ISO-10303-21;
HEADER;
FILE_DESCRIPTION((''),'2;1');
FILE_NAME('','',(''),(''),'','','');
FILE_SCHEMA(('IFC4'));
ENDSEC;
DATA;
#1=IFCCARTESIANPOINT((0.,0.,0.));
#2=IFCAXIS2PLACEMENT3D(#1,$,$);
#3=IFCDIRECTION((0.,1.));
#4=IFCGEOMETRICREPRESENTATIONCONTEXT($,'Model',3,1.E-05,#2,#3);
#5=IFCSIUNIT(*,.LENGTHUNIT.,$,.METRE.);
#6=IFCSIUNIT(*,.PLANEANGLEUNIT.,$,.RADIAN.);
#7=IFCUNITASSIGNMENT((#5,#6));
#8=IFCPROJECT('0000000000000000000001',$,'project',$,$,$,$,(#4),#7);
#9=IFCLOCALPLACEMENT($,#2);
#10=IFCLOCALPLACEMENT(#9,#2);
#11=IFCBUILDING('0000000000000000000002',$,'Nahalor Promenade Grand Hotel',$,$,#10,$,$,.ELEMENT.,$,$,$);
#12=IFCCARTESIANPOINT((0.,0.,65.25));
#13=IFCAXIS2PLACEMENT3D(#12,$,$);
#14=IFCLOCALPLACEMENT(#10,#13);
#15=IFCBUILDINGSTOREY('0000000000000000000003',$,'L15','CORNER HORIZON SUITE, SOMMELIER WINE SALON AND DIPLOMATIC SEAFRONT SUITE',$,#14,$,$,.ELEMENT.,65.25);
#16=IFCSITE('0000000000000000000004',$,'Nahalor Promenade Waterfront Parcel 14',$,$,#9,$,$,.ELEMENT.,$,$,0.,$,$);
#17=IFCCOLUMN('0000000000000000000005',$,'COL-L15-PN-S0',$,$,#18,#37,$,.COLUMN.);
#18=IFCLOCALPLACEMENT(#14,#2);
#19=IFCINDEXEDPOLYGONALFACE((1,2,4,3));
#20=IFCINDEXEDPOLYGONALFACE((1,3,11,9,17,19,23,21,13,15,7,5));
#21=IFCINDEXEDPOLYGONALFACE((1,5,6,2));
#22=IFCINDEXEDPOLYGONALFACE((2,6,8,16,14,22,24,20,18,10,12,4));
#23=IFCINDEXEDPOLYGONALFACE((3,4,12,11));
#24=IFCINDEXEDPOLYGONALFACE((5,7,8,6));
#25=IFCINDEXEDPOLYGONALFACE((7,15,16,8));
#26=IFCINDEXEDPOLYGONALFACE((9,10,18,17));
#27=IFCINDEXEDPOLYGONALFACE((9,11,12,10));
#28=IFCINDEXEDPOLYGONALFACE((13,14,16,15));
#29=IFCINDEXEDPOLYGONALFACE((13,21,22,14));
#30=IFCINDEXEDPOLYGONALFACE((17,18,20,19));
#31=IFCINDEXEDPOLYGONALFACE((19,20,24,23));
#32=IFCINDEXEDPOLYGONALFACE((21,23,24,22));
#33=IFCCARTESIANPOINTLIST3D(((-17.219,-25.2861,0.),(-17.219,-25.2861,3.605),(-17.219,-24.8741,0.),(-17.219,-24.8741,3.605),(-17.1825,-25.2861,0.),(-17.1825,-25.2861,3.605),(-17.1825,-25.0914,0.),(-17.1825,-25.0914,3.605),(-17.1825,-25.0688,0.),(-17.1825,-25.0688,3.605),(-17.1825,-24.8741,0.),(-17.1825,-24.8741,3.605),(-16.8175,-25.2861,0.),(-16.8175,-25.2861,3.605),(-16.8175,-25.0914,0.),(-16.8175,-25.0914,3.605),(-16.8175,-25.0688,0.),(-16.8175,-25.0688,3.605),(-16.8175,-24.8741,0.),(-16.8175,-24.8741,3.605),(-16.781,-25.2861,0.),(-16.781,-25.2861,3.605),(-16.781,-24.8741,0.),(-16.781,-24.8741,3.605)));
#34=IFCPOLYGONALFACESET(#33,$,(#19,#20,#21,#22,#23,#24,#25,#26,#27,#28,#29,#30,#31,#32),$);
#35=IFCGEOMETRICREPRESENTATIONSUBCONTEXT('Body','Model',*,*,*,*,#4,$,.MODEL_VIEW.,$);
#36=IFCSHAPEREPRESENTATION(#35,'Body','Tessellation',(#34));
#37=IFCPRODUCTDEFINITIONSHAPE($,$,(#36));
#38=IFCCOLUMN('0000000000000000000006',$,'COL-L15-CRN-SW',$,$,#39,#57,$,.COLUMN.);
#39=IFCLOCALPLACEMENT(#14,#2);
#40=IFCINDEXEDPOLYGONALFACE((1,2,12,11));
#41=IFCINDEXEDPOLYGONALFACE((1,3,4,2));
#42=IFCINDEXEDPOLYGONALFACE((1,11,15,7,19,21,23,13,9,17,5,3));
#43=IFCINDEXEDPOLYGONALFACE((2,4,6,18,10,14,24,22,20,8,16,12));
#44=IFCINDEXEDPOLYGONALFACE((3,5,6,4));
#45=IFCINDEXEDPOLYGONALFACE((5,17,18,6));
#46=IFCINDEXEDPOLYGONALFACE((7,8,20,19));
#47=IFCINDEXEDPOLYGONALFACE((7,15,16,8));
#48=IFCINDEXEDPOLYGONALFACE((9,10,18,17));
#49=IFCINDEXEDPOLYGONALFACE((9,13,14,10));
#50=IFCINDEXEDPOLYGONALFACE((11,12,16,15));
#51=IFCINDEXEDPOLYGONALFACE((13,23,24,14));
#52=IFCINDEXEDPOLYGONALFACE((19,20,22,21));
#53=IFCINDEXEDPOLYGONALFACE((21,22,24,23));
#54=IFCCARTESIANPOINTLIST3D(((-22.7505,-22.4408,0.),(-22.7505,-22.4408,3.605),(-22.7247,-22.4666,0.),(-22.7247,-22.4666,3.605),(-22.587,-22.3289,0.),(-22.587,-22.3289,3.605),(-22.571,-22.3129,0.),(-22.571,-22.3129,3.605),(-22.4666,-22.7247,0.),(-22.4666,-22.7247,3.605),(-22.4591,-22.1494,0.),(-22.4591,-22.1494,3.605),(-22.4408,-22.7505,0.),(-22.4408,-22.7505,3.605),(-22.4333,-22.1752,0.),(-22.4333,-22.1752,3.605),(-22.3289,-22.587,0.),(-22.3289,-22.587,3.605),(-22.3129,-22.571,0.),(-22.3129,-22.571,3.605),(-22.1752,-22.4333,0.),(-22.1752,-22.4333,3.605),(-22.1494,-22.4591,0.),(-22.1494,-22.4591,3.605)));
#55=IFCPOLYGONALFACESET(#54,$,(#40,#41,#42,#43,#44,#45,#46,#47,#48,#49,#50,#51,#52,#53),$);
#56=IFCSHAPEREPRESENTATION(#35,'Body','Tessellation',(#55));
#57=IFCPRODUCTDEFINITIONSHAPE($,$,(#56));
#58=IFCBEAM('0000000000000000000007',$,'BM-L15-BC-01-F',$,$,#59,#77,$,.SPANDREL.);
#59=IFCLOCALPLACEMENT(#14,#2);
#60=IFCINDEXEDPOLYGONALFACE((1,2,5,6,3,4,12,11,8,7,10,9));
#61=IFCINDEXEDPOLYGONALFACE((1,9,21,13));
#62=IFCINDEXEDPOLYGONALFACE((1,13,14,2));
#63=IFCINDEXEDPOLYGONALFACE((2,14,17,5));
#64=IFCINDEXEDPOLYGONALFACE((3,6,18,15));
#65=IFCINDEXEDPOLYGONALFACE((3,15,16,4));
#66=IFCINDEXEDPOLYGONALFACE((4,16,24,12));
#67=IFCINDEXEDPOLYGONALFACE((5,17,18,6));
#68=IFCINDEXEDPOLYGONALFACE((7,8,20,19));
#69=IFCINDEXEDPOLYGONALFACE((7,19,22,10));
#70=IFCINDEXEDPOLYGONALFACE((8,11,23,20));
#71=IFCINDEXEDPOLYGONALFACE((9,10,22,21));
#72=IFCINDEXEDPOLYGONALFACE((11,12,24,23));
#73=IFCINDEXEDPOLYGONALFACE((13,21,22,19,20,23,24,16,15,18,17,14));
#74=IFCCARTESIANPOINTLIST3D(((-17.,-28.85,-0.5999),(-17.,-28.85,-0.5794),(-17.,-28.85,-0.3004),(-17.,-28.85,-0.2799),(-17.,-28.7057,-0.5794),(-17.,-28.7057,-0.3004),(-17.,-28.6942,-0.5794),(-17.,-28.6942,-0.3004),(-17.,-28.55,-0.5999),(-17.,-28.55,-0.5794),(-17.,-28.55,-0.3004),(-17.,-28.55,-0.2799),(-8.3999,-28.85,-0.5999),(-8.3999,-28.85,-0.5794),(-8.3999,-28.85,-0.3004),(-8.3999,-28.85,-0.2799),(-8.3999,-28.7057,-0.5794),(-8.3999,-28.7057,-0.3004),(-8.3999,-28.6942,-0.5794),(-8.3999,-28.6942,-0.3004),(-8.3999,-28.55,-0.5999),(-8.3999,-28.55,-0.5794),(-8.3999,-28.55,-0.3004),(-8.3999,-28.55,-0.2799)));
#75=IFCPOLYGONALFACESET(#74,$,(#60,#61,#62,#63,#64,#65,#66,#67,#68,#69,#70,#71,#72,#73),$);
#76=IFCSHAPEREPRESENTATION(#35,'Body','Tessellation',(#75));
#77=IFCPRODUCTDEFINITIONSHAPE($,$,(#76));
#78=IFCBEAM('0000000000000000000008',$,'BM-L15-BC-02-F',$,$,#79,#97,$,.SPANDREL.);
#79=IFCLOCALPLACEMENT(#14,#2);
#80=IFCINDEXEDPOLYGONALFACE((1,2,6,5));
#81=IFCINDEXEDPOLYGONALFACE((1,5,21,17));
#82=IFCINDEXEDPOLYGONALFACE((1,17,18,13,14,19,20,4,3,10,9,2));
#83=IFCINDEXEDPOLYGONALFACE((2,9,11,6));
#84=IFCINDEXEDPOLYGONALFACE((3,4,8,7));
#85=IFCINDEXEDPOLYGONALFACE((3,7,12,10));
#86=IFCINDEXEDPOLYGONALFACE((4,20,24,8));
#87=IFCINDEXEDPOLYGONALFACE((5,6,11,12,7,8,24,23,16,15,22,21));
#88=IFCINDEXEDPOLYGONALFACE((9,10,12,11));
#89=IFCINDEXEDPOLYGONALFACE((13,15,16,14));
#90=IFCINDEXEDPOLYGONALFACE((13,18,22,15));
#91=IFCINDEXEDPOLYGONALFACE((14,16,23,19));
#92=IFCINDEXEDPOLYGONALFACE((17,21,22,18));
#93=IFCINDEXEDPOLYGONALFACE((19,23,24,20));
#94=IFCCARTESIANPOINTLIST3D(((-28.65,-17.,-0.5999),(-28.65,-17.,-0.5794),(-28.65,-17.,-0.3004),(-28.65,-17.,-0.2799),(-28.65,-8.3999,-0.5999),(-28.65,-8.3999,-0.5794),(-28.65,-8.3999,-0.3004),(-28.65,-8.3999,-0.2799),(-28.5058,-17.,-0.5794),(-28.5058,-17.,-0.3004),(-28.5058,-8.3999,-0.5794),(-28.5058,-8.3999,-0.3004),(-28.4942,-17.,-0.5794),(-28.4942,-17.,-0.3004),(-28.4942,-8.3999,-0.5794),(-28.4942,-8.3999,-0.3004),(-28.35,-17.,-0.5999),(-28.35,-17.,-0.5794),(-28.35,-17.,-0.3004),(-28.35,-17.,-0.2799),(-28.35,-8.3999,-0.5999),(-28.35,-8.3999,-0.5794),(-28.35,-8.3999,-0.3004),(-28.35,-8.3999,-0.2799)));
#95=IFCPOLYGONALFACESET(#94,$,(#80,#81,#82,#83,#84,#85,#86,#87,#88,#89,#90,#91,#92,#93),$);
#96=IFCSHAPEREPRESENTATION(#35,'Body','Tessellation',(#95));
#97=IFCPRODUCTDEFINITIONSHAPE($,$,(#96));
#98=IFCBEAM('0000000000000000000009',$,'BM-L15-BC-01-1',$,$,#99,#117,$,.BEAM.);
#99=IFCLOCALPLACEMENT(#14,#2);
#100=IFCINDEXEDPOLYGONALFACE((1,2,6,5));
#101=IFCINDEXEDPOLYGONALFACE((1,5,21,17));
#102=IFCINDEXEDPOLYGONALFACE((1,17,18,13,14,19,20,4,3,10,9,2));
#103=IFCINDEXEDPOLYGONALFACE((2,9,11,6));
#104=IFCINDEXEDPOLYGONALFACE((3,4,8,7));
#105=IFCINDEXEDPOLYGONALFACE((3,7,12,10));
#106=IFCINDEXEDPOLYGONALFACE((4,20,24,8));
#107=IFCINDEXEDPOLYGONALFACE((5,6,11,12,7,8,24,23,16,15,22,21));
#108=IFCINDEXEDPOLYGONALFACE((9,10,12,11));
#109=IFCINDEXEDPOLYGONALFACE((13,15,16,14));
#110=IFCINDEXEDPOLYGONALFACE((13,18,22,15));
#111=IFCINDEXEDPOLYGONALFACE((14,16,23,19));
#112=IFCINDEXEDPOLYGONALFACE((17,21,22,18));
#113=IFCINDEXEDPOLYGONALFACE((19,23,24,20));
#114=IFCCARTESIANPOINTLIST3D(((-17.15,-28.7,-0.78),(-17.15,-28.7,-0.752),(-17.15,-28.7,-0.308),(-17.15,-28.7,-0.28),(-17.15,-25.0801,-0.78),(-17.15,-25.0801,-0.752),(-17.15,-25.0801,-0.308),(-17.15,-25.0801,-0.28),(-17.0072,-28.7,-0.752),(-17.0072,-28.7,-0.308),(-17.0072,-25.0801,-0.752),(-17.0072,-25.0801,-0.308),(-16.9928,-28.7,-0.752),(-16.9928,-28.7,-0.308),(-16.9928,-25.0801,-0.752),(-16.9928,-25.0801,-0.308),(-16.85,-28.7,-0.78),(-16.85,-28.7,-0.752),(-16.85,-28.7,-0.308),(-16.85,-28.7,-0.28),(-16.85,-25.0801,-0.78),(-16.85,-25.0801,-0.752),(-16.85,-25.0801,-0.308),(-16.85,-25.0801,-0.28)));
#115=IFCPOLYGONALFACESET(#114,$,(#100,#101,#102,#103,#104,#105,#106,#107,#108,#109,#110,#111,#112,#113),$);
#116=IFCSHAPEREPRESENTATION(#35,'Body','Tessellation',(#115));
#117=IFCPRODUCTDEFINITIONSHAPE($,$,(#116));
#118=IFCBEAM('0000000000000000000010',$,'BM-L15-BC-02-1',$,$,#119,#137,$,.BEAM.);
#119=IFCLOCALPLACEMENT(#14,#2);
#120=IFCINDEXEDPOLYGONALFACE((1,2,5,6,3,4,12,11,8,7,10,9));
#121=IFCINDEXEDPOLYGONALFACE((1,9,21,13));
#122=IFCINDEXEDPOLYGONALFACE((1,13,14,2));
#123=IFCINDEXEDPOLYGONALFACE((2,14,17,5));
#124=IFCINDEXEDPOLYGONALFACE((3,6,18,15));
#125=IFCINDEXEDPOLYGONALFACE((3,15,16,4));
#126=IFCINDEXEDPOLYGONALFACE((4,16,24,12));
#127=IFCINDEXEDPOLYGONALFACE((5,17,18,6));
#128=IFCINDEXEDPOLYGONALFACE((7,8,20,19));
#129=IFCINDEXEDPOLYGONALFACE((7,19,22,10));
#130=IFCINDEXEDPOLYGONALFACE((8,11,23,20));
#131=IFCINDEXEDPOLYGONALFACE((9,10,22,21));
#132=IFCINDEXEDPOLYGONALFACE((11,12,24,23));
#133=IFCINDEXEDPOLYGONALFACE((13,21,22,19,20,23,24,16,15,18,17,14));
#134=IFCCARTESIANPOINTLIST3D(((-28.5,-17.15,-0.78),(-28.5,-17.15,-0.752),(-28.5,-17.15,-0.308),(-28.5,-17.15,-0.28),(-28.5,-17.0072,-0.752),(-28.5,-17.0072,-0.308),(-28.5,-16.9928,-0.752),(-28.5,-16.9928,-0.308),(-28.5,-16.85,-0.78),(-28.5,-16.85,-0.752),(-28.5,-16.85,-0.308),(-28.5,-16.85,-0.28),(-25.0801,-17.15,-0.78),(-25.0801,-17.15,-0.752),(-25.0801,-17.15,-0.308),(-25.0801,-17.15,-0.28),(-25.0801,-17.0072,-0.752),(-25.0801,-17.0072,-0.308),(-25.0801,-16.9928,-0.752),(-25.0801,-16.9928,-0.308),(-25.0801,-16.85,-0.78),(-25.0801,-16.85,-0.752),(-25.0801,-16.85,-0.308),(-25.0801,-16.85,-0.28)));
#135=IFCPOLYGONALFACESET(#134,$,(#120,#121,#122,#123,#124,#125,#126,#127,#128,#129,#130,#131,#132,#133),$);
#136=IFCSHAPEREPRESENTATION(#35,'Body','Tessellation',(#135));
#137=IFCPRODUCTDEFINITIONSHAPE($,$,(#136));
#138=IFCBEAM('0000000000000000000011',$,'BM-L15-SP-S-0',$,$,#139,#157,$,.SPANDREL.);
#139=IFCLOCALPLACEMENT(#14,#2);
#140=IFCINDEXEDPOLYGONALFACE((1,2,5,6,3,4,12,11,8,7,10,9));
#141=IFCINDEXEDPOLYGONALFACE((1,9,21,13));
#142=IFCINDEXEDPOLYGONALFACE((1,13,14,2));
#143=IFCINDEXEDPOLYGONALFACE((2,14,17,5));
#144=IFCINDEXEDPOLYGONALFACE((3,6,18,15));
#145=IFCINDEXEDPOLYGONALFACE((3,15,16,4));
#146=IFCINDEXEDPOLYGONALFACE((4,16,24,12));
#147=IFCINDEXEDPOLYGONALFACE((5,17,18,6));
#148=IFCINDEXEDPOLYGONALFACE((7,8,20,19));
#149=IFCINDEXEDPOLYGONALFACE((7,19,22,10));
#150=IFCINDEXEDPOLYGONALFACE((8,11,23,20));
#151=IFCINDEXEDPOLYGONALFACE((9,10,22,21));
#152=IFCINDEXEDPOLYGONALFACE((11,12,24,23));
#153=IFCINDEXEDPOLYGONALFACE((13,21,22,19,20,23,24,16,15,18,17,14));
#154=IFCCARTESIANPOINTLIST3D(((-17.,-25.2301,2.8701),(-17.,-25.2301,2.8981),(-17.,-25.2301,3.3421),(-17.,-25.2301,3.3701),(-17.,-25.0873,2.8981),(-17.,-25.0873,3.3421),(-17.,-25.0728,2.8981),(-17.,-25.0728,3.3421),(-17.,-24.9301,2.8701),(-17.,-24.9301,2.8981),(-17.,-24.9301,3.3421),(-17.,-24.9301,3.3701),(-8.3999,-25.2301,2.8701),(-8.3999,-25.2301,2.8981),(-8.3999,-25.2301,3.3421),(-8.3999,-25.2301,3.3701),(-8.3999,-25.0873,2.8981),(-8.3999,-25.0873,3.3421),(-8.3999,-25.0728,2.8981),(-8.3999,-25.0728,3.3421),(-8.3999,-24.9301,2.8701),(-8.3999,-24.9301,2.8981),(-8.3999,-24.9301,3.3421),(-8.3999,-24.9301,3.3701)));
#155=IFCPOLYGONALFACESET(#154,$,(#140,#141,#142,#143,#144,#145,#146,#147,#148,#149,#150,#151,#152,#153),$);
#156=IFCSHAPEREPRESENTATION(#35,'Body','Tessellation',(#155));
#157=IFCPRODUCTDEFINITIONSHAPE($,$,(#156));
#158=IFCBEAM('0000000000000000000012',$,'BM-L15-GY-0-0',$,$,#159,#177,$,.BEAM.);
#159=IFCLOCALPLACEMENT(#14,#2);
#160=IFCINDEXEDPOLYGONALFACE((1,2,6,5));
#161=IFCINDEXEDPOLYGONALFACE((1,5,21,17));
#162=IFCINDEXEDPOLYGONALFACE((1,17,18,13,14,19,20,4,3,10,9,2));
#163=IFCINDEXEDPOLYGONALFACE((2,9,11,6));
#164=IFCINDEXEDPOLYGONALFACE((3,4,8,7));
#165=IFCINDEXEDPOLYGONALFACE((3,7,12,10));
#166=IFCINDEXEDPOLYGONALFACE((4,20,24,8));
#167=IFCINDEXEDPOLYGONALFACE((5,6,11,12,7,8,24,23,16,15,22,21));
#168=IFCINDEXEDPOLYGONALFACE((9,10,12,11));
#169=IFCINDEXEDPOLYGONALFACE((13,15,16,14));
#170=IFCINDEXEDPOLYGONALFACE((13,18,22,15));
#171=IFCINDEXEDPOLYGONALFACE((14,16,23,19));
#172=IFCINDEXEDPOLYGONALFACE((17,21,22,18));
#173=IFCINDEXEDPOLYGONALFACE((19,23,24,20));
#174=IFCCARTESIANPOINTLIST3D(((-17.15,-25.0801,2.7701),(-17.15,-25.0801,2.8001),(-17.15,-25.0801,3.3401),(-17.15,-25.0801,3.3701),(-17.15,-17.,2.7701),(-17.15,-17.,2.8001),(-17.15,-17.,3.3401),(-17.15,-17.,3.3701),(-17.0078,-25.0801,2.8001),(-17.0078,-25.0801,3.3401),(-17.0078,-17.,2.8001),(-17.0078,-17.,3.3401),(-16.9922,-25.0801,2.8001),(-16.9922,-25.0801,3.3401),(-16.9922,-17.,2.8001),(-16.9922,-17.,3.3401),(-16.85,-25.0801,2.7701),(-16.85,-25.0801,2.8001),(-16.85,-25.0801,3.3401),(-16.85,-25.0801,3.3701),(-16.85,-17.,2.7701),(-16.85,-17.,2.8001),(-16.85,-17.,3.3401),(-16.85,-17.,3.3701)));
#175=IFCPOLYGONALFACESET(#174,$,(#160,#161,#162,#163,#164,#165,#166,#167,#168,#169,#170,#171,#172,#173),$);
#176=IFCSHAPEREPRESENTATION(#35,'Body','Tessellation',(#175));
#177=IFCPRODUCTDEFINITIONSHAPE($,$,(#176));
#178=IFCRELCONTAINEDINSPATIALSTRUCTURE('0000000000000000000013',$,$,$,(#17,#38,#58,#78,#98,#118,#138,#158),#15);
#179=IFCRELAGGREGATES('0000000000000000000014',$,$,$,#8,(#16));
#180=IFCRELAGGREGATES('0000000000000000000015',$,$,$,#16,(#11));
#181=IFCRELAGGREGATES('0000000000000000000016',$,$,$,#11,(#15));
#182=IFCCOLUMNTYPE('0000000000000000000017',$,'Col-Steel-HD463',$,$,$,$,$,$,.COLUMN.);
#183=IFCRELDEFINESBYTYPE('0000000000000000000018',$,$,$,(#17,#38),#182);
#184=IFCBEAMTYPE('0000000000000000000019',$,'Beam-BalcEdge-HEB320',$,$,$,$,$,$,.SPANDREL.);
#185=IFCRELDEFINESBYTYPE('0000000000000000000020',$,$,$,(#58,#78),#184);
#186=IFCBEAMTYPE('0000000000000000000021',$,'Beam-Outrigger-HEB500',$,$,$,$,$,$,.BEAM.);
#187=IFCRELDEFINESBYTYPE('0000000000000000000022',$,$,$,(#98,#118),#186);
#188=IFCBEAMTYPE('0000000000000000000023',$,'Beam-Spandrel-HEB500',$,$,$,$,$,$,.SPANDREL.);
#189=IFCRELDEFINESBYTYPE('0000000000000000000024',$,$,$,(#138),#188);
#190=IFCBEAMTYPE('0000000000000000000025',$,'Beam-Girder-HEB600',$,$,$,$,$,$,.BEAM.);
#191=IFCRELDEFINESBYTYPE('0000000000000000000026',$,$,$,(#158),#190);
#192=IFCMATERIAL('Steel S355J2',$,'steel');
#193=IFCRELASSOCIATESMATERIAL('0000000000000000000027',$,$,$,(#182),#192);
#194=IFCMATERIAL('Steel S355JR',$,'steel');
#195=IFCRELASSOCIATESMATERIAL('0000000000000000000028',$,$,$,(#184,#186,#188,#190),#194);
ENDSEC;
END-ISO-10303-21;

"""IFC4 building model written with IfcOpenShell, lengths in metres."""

from ifc_helpers import new_model, si_unit, direction, frame, origin, origin_2d, place, context, subcontext, project, spatial, i_section, extrude, source, transform, mapped, material, material_profile, profile_set, type_object, element, save


model = new_model("IFC4")

# Units and contexts
model_context = context("Model", 3, precision=1e-05, world=origin(), true_north=direction((0.0, 1.0)))
body_context = subcontext(model_context, "Body", "Model", "MODEL_VIEW")
ifc_project = project(units=[si_unit("LENGTHUNIT", "METRE"), si_unit("PLANEANGLEUNIT", "RADIAN")], contexts=[model_context])

# Site, building, storey
site_placement = place(None, origin())
site = spatial("IfcSite", under=ifc_project, at=site_placement, Name="Nahalor Promenade Waterfront Parcel 14", CompositionType="ELEMENT", RefElevation=0.0)
building_placement = place(site_placement, origin())
building = spatial("IfcBuilding", under=site, at=building_placement, Name="Nahalor Promenade Grand Hotel", CompositionType="ELEMENT")
storey_placement = place(building_placement, frame((0.0, 0.0, 65.25)))
storey = spatial("IfcBuildingStorey", under=building, at=storey_placement, Name="L15", Description="CORNER HORIZON SUITE, SOMMELIER WINE SALON AND DIPLOMATIC SEAFRONT SUITE", CompositionType="ELEMENT", Elevation=65.25)

# Columns
ifc_material_1 = material(Name="Steel S355J2", Category="steel")
ifc_material_profile_1 = material_profile(ifc_material_1, i_section(OverallWidth=0.412, OverallDepth=0.438, WebThickness=0.0226, FlangeThickness=0.0365, at=origin_2d()), Name="HD 400x463")
ifc_profile_set_1 = profile_set([ifc_material_profile_1], Name="Steel S355J2")
column_type = type_object("IfcColumnType", Name="Col-Steel-HD463", PredefinedType="COLUMN", material=ifc_profile_set_1)
shared_shape_1 = source(origin(), body_context, "Body", "SweptSolid", [
    extrude(i_section(OverallWidth=0.412, OverallDepth=0.438, WebThickness=0.0226, FlangeThickness=0.0365, at=origin_2d()), origin(), (0.0, 0.0, 1.0), 3.605),
])
for number, where, z_axis, x_axis, name in (
    (1, (-17.0, -25.0801, 0.0), (0.0, 0.0, 1.0), (0.0, 1.0, 0.0), "COL-L15-PN-S0"),
    (2, (-22.45, -22.45, 0.0), (0.0, 0.0, 1.0), (0.707107, 0.707107, 0.0), "COL-L15-CRN-SW"),
):
    element("IfcColumn", number, at=place(storey_placement, frame(where, z_axis=z_axis, x_axis=x_axis)), inside=storey, type_object=column_type, Name=name, PredefinedType="COLUMN", context=body_context, shape_type="MappedRepresentation", body=[
        mapped(shared_shape_1, transform((0.0, 0.0, 0.0), scale=1.0)),
    ])

# Beams
ifc_material_2 = material(Name="Steel S355JR", Category="steel")
ifc_material_profile_2 = material_profile(ifc_material_2, i_section(OverallWidth=0.3, OverallDepth=0.32, WebThickness=0.0115, FlangeThickness=0.0205, at=origin_2d()), Name="HEB 320")
ifc_profile_set_2 = profile_set([ifc_material_profile_2], Name="Steel S355JR")
beam_type_1 = type_object("IfcBeamType", Name="Beam-BalcEdge-HEB320", PredefinedType="SPANDREL", material=ifc_profile_set_2)
shared_shape_2 = source(origin(), body_context, "Body", "SweptSolid", [
    extrude(i_section(OverallWidth=0.3, OverallDepth=0.32, WebThickness=0.0115, FlangeThickness=0.0205, at=origin_2d()), origin(), (0.0, 0.0, 1.0), 8.6001),
])
for number, where, z_axis, x_axis, name in (
    (3, (-17.0, -28.7, -0.4399), (1.0, 0.0, 0.0), (0.0, 1.0, 0.0), "BM-L15-BC-01-F"),
    (4, (-28.5, -17.0, -0.4399), (0.0, 1.0, 0.0), (-1.0, 0.0, 0.0), "BM-L15-BC-02-F"),
):
    element("IfcBeam", number, at=place(storey_placement, frame(where, z_axis=z_axis, x_axis=x_axis)), inside=storey, type_object=beam_type_1, Name=name, PredefinedType="SPANDREL", context=body_context, shape_type="MappedRepresentation", body=[
        mapped(shared_shape_2, transform((0.0, 0.0, 0.0), scale=1.0)),
    ])
ifc_material_profile_3 = material_profile(ifc_material_2, i_section(OverallWidth=0.3, OverallDepth=0.5, WebThickness=0.0145, FlangeThickness=0.028, at=origin_2d()), Name="HEB 500")
ifc_profile_set_3 = profile_set([ifc_material_profile_3], Name="Steel S355JR")
beam_type_2 = type_object("IfcBeamType", Name="Beam-Outrigger-HEB500", PredefinedType="BEAM", material=ifc_profile_set_3)
shared_shape_3 = source(origin(), body_context, "Body", "SweptSolid", [
    extrude(i_section(OverallWidth=0.3, OverallDepth=0.5, WebThickness=0.0145, FlangeThickness=0.028, at=origin_2d()), origin(), (0.0, 0.0, 1.0), 3.6199),
])
beam_1_placement = place(storey_placement, frame((-17.0, -28.7, -0.53), z_axis=(0.0, 1.0, 0.0), x_axis=(-1.0, 0.0, 0.0)))
element("IfcBeam", 5, at=beam_1_placement, inside=storey, type_object=beam_type_2, Name="BM-L15-BC-01-1", PredefinedType="BEAM", context=body_context, shape_type="MappedRepresentation", body=[
    mapped(shared_shape_3, transform((0.0, 0.0, 0.0), scale=1.0)),
])
shared_shape_4 = source(origin(), body_context, "Body", "SweptSolid", [
    extrude(i_section(OverallWidth=0.3, OverallDepth=0.5, WebThickness=0.0145, FlangeThickness=0.028, at=origin_2d()), origin(), (0.0, 0.0, 1.0), 3.4199),
])
beam_2_placement = place(storey_placement, frame((-28.5, -17.0, -0.53), z_axis=(1.0, 0.0, 0.0), x_axis=(0.0, 1.0, 0.0)))
element("IfcBeam", 6, at=beam_2_placement, inside=storey, type_object=beam_type_2, Name="BM-L15-BC-02-1", PredefinedType="BEAM", context=body_context, shape_type="MappedRepresentation", body=[
    mapped(shared_shape_4, transform((0.0, 0.0, 0.0), scale=1.0)),
])
ifc_material_profile_4 = material_profile(ifc_material_2, i_section(OverallWidth=0.3, OverallDepth=0.5, WebThickness=0.0145, FlangeThickness=0.028, at=origin_2d()), Name="HEB 500")
ifc_profile_set_4 = profile_set([ifc_material_profile_4], Name="Steel S355JR")
beam_type_3 = type_object("IfcBeamType", Name="Beam-Spandrel-HEB500", PredefinedType="SPANDREL", material=ifc_profile_set_4)
shared_shape_5 = source(origin(), body_context, "Body", "SweptSolid", [
    extrude(i_section(OverallWidth=0.3, OverallDepth=0.5, WebThickness=0.0145, FlangeThickness=0.028, at=origin_2d()), origin(), (0.0, 0.0, 1.0), 8.6001),
])
beam_3_placement = place(storey_placement, frame((-17.0, -25.0801, 3.1201), z_axis=(1.0, 0.0, 0.0), x_axis=(0.0, 1.0, 0.0)))
element("IfcBeam", 7, at=beam_3_placement, inside=storey, type_object=beam_type_3, Name="BM-L15-SP-S-0", PredefinedType="SPANDREL", context=body_context, shape_type="MappedRepresentation", body=[
    mapped(shared_shape_5, transform((0.0, 0.0, 0.0), scale=1.0)),
])
ifc_material_profile_5 = material_profile(ifc_material_2, i_section(OverallWidth=0.3, OverallDepth=0.6, WebThickness=0.0155, FlangeThickness=0.03, at=origin_2d()), Name="HEB 600")
ifc_profile_set_5 = profile_set([ifc_material_profile_5], Name="Steel S355JR")
beam_type_4 = type_object("IfcBeamType", Name="Beam-Girder-HEB600", PredefinedType="BEAM", material=ifc_profile_set_5)
shared_shape_6 = source(origin(), body_context, "Body", "SweptSolid", [
    extrude(i_section(OverallWidth=0.3, OverallDepth=0.6, WebThickness=0.0155, FlangeThickness=0.03, at=origin_2d()), origin(), (0.0, 0.0, 1.0), 8.0801),
])
beam_4_placement = place(storey_placement, frame((-17.0, -25.0801, 3.0701), z_axis=(0.0, 1.0, 0.0), x_axis=(-1.0, 0.0, 0.0)))
element("IfcBeam", 8, at=beam_4_placement, inside=storey, type_object=beam_type_4, Name="BM-L15-GY-0-0", PredefinedType="BEAM", context=body_context, shape_type="MappedRepresentation", body=[
    mapped(shared_shape_6, transform((0.0, 0.0, 0.0), scale=1.0)),
])

save(model, "model.ifc")
